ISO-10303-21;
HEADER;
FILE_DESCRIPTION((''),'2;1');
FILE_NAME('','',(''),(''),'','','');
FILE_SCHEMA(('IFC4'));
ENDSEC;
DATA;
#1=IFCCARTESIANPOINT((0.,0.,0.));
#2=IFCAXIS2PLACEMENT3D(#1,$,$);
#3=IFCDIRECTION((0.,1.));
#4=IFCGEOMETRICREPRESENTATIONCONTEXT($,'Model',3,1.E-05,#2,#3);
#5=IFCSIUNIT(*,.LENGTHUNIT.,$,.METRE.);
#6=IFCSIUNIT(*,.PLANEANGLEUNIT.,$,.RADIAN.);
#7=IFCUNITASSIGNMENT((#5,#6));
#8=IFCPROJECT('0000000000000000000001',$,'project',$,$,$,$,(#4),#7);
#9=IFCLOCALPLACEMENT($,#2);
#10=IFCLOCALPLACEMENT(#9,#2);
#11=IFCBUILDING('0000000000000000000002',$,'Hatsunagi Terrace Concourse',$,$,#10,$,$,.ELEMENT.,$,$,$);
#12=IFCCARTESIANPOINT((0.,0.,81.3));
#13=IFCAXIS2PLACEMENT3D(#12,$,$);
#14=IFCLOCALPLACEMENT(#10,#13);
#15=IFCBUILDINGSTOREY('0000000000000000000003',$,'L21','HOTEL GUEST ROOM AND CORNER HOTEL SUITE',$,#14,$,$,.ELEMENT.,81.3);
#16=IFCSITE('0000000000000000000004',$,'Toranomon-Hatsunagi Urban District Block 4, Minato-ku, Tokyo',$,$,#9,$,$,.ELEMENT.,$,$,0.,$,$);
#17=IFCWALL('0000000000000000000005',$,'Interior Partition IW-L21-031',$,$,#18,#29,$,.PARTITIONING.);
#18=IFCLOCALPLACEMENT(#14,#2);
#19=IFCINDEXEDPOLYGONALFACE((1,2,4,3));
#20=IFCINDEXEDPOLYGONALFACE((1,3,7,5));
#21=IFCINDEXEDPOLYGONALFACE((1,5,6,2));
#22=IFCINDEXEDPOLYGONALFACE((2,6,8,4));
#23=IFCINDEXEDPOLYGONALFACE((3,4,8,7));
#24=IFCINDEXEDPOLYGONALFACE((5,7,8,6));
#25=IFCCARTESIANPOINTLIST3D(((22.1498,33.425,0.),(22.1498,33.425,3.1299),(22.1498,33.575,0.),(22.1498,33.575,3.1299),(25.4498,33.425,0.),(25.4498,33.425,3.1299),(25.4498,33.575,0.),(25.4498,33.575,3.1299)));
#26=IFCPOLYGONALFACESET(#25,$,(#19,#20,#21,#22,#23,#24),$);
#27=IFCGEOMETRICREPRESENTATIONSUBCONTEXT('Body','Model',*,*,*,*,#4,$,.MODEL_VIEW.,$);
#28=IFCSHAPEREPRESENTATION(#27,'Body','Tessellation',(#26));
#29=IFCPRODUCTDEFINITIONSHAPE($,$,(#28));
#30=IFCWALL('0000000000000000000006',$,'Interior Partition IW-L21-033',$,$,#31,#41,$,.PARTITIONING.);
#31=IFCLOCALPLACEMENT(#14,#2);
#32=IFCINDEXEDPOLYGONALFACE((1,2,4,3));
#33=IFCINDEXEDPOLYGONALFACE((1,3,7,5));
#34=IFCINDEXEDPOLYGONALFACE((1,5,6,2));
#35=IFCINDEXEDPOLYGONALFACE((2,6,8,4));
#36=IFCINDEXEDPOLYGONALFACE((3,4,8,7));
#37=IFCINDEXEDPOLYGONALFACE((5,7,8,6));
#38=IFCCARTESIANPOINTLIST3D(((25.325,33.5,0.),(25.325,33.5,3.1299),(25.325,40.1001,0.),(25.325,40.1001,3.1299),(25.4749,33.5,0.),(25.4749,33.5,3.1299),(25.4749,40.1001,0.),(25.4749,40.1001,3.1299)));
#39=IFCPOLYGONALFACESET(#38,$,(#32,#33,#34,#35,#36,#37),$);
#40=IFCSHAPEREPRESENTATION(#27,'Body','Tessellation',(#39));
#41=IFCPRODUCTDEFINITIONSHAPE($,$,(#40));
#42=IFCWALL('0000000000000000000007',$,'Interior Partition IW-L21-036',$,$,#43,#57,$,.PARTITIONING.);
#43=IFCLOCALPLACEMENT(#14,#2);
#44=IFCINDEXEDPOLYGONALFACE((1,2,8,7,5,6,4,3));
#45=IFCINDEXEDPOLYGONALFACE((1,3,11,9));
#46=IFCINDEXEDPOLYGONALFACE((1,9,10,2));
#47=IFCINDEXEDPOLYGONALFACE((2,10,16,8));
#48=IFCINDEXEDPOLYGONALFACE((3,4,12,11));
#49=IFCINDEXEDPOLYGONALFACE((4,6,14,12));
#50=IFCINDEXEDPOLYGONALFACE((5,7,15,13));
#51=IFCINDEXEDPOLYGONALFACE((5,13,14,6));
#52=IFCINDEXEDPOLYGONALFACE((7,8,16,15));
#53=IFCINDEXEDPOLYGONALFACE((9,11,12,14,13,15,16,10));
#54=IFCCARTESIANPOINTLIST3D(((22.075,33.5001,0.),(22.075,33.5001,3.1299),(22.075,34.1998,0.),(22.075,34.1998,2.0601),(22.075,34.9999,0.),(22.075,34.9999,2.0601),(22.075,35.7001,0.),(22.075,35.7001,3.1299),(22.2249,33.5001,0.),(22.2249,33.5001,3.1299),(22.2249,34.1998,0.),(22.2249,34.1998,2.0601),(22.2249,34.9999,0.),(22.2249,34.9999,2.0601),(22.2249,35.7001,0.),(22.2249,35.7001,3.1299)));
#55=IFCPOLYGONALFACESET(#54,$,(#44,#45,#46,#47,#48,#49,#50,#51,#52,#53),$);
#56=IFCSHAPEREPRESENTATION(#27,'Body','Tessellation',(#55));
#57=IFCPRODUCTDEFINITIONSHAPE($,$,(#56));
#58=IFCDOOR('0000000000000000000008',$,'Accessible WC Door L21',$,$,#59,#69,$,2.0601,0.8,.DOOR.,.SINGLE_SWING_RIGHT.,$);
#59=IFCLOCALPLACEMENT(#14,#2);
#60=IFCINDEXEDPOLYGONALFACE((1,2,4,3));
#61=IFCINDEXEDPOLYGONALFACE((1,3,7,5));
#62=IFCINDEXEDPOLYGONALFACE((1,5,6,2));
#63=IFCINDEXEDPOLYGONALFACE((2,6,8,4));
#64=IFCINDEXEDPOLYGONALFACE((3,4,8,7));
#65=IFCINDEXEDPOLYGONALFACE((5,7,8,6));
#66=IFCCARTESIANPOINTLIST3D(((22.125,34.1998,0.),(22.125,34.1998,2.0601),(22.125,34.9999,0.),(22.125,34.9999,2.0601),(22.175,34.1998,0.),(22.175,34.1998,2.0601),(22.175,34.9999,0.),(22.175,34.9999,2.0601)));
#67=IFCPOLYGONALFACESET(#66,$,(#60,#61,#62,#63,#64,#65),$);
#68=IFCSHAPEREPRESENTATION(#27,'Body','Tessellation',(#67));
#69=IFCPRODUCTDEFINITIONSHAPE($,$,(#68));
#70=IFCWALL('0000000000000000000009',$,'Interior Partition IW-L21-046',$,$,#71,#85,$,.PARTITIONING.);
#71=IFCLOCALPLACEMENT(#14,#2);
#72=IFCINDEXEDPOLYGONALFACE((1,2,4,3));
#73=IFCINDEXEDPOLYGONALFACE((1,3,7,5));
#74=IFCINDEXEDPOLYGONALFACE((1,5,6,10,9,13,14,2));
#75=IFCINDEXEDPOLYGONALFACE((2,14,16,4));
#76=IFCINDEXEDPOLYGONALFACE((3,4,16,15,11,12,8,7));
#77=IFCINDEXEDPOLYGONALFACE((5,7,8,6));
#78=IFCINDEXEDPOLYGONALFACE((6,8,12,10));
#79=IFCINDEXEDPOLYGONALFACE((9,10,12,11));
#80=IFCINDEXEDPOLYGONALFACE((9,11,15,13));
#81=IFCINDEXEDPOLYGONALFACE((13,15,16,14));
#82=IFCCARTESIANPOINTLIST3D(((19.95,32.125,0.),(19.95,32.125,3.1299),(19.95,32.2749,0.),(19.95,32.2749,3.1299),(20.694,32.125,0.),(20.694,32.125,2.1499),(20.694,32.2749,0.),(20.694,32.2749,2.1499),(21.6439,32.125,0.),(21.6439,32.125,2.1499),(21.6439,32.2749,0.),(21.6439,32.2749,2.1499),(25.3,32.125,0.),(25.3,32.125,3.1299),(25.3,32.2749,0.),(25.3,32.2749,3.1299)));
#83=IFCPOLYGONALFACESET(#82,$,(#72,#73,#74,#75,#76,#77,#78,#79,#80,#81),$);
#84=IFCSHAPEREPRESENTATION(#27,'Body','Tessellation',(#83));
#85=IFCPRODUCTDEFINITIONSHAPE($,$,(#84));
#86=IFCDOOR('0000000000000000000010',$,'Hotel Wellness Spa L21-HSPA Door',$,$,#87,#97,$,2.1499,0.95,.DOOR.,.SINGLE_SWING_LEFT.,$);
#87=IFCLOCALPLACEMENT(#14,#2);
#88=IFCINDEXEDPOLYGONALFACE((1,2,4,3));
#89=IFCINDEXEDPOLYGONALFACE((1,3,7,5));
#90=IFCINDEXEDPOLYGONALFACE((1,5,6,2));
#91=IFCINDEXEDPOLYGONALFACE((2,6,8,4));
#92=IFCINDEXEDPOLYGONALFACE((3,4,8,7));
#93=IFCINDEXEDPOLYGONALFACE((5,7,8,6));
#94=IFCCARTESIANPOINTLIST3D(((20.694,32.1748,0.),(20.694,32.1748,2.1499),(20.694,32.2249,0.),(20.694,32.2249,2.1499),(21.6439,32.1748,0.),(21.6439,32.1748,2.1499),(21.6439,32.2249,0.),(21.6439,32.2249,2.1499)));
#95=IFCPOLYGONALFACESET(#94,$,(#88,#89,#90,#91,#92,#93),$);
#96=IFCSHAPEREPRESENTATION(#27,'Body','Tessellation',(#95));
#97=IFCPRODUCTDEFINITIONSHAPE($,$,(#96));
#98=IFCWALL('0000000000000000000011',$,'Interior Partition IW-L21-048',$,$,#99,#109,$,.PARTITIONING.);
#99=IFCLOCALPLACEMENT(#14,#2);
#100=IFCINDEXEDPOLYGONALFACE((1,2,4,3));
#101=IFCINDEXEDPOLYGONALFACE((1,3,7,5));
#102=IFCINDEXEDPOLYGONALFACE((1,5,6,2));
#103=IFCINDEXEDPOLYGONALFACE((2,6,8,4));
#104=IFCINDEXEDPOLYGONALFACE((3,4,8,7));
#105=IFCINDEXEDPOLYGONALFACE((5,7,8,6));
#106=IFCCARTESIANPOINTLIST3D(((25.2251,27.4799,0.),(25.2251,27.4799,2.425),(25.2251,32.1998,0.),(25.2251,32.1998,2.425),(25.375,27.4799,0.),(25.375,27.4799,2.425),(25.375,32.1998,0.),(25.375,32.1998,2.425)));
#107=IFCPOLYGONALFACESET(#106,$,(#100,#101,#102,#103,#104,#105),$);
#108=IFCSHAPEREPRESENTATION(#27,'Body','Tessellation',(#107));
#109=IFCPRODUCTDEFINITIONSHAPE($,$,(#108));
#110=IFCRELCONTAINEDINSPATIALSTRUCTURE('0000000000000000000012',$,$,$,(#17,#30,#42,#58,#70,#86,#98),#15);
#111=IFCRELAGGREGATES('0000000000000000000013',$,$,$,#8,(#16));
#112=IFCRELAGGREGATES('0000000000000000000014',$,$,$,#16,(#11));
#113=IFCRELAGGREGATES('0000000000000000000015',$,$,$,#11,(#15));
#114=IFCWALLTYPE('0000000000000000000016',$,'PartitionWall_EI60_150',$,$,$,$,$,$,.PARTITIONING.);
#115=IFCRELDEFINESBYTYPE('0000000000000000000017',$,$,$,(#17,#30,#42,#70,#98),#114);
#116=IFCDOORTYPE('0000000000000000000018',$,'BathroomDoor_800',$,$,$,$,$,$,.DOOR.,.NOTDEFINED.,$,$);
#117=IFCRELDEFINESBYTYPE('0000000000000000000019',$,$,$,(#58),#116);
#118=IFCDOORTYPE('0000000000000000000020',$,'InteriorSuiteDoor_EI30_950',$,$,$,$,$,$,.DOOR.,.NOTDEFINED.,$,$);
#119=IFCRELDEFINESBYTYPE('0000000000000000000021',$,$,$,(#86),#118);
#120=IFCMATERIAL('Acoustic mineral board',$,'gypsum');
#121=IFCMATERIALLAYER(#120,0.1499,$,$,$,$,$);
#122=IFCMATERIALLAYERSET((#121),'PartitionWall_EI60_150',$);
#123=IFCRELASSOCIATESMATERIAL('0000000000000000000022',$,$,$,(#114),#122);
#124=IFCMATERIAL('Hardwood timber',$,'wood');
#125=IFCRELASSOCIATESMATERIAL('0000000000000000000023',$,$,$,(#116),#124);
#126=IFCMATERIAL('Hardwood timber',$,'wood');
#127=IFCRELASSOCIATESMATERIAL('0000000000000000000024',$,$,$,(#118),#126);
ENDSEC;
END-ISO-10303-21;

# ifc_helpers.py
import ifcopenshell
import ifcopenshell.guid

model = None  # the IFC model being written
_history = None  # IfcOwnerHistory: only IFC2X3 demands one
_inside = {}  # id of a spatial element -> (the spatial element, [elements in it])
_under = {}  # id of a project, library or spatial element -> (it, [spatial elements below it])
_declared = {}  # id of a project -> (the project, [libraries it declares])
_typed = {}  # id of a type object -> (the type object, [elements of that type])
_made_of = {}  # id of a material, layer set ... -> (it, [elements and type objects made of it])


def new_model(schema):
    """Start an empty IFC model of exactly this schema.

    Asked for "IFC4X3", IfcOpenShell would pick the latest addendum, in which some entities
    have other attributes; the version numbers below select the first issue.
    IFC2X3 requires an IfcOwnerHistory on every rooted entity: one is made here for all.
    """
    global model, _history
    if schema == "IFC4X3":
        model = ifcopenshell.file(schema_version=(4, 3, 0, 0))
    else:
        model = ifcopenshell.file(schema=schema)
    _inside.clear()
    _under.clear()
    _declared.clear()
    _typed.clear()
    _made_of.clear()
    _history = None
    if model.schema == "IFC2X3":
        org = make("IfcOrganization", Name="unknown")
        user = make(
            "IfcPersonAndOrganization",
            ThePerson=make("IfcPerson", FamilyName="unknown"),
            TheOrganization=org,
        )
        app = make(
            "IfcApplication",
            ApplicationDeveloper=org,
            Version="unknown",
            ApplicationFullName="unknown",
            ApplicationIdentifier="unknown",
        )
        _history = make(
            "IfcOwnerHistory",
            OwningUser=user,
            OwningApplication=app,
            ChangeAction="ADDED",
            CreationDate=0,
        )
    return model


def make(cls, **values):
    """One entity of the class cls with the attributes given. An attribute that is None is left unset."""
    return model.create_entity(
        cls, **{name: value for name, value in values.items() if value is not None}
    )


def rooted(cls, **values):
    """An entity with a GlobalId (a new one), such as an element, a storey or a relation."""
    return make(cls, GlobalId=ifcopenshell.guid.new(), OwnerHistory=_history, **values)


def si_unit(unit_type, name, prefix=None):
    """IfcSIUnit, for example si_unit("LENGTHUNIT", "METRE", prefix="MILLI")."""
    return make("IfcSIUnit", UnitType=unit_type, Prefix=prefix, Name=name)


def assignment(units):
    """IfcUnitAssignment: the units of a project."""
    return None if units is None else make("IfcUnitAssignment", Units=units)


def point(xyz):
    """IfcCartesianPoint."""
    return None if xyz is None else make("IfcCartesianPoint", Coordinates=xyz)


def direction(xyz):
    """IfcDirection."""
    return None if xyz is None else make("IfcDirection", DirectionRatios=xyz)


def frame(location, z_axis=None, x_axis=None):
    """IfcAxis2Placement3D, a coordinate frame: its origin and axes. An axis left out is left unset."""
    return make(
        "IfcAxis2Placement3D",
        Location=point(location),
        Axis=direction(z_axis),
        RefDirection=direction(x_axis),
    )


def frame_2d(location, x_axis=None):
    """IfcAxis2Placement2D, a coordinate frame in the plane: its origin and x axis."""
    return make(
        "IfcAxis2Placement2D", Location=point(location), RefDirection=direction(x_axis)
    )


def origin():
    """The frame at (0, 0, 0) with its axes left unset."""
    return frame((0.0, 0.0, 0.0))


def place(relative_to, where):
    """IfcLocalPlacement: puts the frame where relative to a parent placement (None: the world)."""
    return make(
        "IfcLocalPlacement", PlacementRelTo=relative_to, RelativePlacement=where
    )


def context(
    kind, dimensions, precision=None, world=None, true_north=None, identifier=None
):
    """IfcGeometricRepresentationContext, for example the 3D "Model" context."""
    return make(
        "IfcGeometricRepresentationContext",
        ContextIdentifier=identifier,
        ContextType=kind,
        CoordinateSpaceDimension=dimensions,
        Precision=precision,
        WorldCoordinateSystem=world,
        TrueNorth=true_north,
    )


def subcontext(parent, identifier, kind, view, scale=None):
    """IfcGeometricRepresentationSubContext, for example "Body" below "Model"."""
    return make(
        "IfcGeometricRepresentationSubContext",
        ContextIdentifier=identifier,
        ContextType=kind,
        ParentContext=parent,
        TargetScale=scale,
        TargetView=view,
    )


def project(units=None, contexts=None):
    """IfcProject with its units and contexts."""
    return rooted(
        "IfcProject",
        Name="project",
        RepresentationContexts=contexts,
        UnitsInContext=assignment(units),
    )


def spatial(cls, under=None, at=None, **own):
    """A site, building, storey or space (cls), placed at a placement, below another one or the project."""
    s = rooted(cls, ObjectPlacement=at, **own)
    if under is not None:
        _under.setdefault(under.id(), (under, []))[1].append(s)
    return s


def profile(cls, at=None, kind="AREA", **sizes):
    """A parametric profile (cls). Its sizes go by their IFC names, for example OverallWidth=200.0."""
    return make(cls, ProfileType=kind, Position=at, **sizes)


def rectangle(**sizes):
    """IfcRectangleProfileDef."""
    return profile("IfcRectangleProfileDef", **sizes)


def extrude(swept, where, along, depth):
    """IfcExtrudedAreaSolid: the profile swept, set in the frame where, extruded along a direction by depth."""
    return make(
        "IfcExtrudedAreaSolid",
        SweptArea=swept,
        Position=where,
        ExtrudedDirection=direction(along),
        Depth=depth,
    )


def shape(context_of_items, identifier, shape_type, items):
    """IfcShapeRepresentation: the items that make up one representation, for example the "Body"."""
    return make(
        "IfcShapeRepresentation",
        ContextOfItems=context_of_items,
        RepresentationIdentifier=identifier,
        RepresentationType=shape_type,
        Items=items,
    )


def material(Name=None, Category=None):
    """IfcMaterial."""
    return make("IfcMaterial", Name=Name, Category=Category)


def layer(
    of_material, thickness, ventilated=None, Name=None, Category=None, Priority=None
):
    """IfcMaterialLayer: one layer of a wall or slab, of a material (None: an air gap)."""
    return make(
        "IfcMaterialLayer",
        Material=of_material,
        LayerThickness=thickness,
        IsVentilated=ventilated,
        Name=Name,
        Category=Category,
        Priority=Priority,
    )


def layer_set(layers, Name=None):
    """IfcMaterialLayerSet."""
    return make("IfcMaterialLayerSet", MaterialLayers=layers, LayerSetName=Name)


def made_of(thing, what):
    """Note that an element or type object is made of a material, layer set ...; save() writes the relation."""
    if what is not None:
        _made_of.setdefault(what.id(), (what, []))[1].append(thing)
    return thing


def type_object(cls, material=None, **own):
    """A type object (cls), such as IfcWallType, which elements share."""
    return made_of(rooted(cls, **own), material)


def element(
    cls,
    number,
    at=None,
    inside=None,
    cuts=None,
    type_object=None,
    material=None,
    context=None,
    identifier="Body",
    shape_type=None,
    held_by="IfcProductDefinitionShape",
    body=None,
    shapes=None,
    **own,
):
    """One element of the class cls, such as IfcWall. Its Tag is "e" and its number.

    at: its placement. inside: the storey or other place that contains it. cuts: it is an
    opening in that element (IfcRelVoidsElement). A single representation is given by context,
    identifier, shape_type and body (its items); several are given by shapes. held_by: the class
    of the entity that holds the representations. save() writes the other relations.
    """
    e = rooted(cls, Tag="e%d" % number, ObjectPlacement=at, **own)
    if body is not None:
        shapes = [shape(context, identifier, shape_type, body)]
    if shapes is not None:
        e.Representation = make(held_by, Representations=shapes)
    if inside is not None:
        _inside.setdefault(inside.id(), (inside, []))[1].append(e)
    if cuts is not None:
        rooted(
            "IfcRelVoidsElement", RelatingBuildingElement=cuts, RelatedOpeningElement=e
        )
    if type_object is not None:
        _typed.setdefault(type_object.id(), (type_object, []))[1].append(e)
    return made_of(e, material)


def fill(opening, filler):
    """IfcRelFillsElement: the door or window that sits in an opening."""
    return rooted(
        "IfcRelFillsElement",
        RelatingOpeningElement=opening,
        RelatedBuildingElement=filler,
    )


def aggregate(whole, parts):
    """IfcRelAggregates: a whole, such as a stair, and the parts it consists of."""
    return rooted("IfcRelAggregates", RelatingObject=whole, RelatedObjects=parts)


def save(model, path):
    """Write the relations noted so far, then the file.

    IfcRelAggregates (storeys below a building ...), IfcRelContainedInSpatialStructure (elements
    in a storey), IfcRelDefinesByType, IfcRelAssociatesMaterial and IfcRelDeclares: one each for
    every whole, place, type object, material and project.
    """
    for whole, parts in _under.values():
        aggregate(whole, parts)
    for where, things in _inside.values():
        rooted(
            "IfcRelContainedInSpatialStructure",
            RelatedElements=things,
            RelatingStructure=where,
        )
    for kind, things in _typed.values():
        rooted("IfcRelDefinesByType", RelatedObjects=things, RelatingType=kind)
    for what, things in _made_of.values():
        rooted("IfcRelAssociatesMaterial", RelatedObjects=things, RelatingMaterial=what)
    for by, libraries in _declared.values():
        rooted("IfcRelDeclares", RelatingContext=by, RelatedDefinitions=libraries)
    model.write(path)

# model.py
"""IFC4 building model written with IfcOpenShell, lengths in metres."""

from ifc_helpers import new_model, si_unit, direction, frame, frame_2d, origin, place, context, subcontext, project, spatial, rectangle, extrude, material, layer, layer_set, type_object, element, fill, save


model = new_model("IFC4")

# Units and contexts
model_context = context("Model", 3, precision=1e-05, world=origin(), true_north=direction((0.0, 1.0)))
body_context = subcontext(model_context, "Body", "Model", "MODEL_VIEW")
ifc_project = project(units=[si_unit("LENGTHUNIT", "METRE"), si_unit("PLANEANGLEUNIT", "RADIAN")], contexts=[model_context])

# Site, building, storey
site_placement = place(None, origin())
site = spatial("IfcSite", under=ifc_project, at=site_placement, Name="Toranomon-Hatsunagi Urban District Block 4, Minato-ku, Tokyo", CompositionType="ELEMENT", RefElevation=0.0)
building_placement = place(site_placement, origin())
building = spatial("IfcBuilding", under=site, at=building_placement, Name="Hatsunagi Terrace Concourse", CompositionType="ELEMENT")
storey_placement = place(building_placement, frame((0.0, 0.0, 81.3)))
storey = spatial("IfcBuildingStorey", under=building, at=storey_placement, Name="L21", Description="HOTEL GUEST ROOM AND CORNER HOTEL SUITE", CompositionType="ELEMENT", Elevation=81.3)

# Walls
ifc_material_1 = material(Name="Acoustic mineral board", Category="gypsum")
ifc_layer_1 = layer(ifc_material_1, 0.1499)
ifc_layer_set_1 = layer_set([ifc_layer_1], Name="PartitionWall_EI60_150")
wall_type_1 = type_object("IfcWallType", Name="PartitionWall_EI60_150", PredefinedType="PARTITIONING", material=ifc_layer_set_1)
wall_1_placement = place(storey_placement, frame((22.1499, 33.5, 0.0), z_axis=(0.0, 0.0, 1.0), x_axis=(1.0, 0.0, 0.0)))
element("IfcWall", 1, at=wall_1_placement, inside=storey, type_object=wall_type_1, Name="Interior Partition IW-L21-031", PredefinedType="PARTITIONING", context=body_context, shape_type="SweptSolid", body=[
    extrude(rectangle(XDim=3.3, YDim=0.1499, at=frame_2d((1.6499, 0.0))), origin(), (0.0, 0.0, 1.0), 3.1299),
])
wall_2_placement = place(storey_placement, frame((25.3999, 33.5, 0.0), z_axis=(0.0, 0.0, 1.0), x_axis=(0.0, 1.0, 0.0)))
element("IfcWall", 2, at=wall_2_placement, inside=storey, type_object=wall_type_1, Name="Interior Partition IW-L21-033", PredefinedType="PARTITIONING", context=body_context, shape_type="SweptSolid", body=[
    extrude(rectangle(XDim=6.6001, YDim=0.1499, at=frame_2d((3.3, 0.0))), origin(), (0.0, 0.0, 1.0), 3.1299),
])

# Walls, openings, doors
wall_3_placement = place(storey_placement, frame((22.1499, 33.5, 0.0), z_axis=(0.0, 0.0, 1.0), x_axis=(0.0, 1.0, 0.0)))
wall_3 = element("IfcWall", 3, at=wall_3_placement, inside=storey, type_object=wall_type_1, Name="Interior Partition IW-L21-036", PredefinedType="PARTITIONING", context=body_context, shape_type="SweptSolid", body=[
    extrude(rectangle(XDim=2.2, YDim=0.1499, at=frame_2d((1.1001, 0.0))), origin(), (0.0, 0.0, 1.0), 3.1299),
])
opening_1_placement = place(wall_3_placement, frame((0.7, 0.0, 0.0)))
opening_1 = element("IfcOpeningElement", 4, at=opening_1_placement, cuts=wall_3, PredefinedType="OPENING", context=body_context, shape_type="SweptSolid", body=[
    extrude(rectangle(XDim=0.8, YDim=2.0601, at=frame_2d((0.3999, 1.03))), frame((0.0, 0.085, 0.0), z_axis=(0.0, -1.0, 0.0), x_axis=(1.0, 0.0, 0.0)), (0.0, 0.0, 1.0), 0.1699),
])
ifc_material_2 = material(Name="Hardwood timber", Category="wood")
door_type_1 = type_object("IfcDoorType", Name="BathroomDoor_800", OperationType="NOTDEFINED", PredefinedType="DOOR", material=ifc_material_2)
door_1_placement = place(opening_1_placement, origin())
door_1 = element("IfcDoor", 5, at=door_1_placement, inside=storey, type_object=door_type_1, Name="Accessible WC Door L21", OperationType="SINGLE_SWING_RIGHT", OverallHeight=2.0601, OverallWidth=0.8, PredefinedType="DOOR", context=body_context, shape_type="SweptSolid", body=[
    extrude(rectangle(XDim=0.8, YDim=2.0601, at=frame_2d((0.3999, 1.03))), frame((0.0, 0.0249, 0.0), z_axis=(0.0, -1.0, 0.0), x_axis=(1.0, 0.0, 0.0)), (0.0, 0.0, 1.0), 0.05),
])
fill(opening_1, door_1)
wall_4_placement = place(storey_placement, frame((19.95, 32.2, 0.0), z_axis=(0.0, 0.0, 1.0), x_axis=(1.0, 0.0, 0.0)))
wall_4 = element("IfcWall", 6, at=wall_4_placement, inside=storey, type_object=wall_type_1, Name="Interior Partition IW-L21-046", PredefinedType="PARTITIONING", context=body_context, shape_type="SweptSolid", body=[
    extrude(rectangle(XDim=5.3501, YDim=0.1499, at=frame_2d((2.675, 0.0))), origin(), (0.0, 0.0, 1.0), 3.1299),
])
opening_2_placement = place(wall_4_placement, frame((0.7439, 0.0, 0.0)))
opening_2 = element("IfcOpeningElement", 7, at=opening_2_placement, cuts=wall_4, PredefinedType="OPENING", context=body_context, shape_type="SweptSolid", body=[
    extrude(rectangle(XDim=0.95, YDim=2.1499, at=frame_2d((0.4751, 1.075))), frame((0.0, 0.085, 0.0), z_axis=(0.0, -1.0, 0.0), x_axis=(1.0, 0.0, 0.0)), (0.0, 0.0, 1.0), 0.1699),
])
ifc_material_3 = material(Name="Hardwood timber", Category="wood")
door_type_2 = type_object("IfcDoorType", Name="InteriorSuiteDoor_EI30_950", OperationType="NOTDEFINED", PredefinedType="DOOR", material=ifc_material_3)
door_2_placement = place(opening_2_placement, origin())
door_2 = element("IfcDoor", 8, at=door_2_placement, inside=storey, type_object=door_type_2, Name="Hotel Wellness Spa L21-HSPA Door", OperationType="SINGLE_SWING_LEFT", OverallHeight=2.1499, OverallWidth=0.95, PredefinedType="DOOR", context=body_context, shape_type="SweptSolid", body=[
    extrude(rectangle(XDim=0.95, YDim=2.1499, at=frame_2d((0.4751, 1.075))), frame((0.0, 0.0249, 0.0), z_axis=(0.0, -1.0, 0.0), x_axis=(1.0, 0.0, 0.0)), (0.0, 0.0, 1.0), 0.05),
])
fill(opening_2, door_2)

# Wall
wall_5_placement = place(storey_placement, frame((25.3, 27.48, 0.0), z_axis=(0.0, 0.0, 1.0), x_axis=(0.0, 1.0, 0.0)))
element("IfcWall", 9, at=wall_5_placement, inside=storey, type_object=wall_type_1, Name="Interior Partition IW-L21-048", PredefinedType="PARTITIONING", context=body_context, shape_type="SweptSolid", body=[
    extrude(rectangle(XDim=4.72, YDim=0.1499, at=frame_2d((2.3599, 0.0))), origin(), (0.0, 0.0, 1.0), 2.425),
])

save(model, "model.ifc")
